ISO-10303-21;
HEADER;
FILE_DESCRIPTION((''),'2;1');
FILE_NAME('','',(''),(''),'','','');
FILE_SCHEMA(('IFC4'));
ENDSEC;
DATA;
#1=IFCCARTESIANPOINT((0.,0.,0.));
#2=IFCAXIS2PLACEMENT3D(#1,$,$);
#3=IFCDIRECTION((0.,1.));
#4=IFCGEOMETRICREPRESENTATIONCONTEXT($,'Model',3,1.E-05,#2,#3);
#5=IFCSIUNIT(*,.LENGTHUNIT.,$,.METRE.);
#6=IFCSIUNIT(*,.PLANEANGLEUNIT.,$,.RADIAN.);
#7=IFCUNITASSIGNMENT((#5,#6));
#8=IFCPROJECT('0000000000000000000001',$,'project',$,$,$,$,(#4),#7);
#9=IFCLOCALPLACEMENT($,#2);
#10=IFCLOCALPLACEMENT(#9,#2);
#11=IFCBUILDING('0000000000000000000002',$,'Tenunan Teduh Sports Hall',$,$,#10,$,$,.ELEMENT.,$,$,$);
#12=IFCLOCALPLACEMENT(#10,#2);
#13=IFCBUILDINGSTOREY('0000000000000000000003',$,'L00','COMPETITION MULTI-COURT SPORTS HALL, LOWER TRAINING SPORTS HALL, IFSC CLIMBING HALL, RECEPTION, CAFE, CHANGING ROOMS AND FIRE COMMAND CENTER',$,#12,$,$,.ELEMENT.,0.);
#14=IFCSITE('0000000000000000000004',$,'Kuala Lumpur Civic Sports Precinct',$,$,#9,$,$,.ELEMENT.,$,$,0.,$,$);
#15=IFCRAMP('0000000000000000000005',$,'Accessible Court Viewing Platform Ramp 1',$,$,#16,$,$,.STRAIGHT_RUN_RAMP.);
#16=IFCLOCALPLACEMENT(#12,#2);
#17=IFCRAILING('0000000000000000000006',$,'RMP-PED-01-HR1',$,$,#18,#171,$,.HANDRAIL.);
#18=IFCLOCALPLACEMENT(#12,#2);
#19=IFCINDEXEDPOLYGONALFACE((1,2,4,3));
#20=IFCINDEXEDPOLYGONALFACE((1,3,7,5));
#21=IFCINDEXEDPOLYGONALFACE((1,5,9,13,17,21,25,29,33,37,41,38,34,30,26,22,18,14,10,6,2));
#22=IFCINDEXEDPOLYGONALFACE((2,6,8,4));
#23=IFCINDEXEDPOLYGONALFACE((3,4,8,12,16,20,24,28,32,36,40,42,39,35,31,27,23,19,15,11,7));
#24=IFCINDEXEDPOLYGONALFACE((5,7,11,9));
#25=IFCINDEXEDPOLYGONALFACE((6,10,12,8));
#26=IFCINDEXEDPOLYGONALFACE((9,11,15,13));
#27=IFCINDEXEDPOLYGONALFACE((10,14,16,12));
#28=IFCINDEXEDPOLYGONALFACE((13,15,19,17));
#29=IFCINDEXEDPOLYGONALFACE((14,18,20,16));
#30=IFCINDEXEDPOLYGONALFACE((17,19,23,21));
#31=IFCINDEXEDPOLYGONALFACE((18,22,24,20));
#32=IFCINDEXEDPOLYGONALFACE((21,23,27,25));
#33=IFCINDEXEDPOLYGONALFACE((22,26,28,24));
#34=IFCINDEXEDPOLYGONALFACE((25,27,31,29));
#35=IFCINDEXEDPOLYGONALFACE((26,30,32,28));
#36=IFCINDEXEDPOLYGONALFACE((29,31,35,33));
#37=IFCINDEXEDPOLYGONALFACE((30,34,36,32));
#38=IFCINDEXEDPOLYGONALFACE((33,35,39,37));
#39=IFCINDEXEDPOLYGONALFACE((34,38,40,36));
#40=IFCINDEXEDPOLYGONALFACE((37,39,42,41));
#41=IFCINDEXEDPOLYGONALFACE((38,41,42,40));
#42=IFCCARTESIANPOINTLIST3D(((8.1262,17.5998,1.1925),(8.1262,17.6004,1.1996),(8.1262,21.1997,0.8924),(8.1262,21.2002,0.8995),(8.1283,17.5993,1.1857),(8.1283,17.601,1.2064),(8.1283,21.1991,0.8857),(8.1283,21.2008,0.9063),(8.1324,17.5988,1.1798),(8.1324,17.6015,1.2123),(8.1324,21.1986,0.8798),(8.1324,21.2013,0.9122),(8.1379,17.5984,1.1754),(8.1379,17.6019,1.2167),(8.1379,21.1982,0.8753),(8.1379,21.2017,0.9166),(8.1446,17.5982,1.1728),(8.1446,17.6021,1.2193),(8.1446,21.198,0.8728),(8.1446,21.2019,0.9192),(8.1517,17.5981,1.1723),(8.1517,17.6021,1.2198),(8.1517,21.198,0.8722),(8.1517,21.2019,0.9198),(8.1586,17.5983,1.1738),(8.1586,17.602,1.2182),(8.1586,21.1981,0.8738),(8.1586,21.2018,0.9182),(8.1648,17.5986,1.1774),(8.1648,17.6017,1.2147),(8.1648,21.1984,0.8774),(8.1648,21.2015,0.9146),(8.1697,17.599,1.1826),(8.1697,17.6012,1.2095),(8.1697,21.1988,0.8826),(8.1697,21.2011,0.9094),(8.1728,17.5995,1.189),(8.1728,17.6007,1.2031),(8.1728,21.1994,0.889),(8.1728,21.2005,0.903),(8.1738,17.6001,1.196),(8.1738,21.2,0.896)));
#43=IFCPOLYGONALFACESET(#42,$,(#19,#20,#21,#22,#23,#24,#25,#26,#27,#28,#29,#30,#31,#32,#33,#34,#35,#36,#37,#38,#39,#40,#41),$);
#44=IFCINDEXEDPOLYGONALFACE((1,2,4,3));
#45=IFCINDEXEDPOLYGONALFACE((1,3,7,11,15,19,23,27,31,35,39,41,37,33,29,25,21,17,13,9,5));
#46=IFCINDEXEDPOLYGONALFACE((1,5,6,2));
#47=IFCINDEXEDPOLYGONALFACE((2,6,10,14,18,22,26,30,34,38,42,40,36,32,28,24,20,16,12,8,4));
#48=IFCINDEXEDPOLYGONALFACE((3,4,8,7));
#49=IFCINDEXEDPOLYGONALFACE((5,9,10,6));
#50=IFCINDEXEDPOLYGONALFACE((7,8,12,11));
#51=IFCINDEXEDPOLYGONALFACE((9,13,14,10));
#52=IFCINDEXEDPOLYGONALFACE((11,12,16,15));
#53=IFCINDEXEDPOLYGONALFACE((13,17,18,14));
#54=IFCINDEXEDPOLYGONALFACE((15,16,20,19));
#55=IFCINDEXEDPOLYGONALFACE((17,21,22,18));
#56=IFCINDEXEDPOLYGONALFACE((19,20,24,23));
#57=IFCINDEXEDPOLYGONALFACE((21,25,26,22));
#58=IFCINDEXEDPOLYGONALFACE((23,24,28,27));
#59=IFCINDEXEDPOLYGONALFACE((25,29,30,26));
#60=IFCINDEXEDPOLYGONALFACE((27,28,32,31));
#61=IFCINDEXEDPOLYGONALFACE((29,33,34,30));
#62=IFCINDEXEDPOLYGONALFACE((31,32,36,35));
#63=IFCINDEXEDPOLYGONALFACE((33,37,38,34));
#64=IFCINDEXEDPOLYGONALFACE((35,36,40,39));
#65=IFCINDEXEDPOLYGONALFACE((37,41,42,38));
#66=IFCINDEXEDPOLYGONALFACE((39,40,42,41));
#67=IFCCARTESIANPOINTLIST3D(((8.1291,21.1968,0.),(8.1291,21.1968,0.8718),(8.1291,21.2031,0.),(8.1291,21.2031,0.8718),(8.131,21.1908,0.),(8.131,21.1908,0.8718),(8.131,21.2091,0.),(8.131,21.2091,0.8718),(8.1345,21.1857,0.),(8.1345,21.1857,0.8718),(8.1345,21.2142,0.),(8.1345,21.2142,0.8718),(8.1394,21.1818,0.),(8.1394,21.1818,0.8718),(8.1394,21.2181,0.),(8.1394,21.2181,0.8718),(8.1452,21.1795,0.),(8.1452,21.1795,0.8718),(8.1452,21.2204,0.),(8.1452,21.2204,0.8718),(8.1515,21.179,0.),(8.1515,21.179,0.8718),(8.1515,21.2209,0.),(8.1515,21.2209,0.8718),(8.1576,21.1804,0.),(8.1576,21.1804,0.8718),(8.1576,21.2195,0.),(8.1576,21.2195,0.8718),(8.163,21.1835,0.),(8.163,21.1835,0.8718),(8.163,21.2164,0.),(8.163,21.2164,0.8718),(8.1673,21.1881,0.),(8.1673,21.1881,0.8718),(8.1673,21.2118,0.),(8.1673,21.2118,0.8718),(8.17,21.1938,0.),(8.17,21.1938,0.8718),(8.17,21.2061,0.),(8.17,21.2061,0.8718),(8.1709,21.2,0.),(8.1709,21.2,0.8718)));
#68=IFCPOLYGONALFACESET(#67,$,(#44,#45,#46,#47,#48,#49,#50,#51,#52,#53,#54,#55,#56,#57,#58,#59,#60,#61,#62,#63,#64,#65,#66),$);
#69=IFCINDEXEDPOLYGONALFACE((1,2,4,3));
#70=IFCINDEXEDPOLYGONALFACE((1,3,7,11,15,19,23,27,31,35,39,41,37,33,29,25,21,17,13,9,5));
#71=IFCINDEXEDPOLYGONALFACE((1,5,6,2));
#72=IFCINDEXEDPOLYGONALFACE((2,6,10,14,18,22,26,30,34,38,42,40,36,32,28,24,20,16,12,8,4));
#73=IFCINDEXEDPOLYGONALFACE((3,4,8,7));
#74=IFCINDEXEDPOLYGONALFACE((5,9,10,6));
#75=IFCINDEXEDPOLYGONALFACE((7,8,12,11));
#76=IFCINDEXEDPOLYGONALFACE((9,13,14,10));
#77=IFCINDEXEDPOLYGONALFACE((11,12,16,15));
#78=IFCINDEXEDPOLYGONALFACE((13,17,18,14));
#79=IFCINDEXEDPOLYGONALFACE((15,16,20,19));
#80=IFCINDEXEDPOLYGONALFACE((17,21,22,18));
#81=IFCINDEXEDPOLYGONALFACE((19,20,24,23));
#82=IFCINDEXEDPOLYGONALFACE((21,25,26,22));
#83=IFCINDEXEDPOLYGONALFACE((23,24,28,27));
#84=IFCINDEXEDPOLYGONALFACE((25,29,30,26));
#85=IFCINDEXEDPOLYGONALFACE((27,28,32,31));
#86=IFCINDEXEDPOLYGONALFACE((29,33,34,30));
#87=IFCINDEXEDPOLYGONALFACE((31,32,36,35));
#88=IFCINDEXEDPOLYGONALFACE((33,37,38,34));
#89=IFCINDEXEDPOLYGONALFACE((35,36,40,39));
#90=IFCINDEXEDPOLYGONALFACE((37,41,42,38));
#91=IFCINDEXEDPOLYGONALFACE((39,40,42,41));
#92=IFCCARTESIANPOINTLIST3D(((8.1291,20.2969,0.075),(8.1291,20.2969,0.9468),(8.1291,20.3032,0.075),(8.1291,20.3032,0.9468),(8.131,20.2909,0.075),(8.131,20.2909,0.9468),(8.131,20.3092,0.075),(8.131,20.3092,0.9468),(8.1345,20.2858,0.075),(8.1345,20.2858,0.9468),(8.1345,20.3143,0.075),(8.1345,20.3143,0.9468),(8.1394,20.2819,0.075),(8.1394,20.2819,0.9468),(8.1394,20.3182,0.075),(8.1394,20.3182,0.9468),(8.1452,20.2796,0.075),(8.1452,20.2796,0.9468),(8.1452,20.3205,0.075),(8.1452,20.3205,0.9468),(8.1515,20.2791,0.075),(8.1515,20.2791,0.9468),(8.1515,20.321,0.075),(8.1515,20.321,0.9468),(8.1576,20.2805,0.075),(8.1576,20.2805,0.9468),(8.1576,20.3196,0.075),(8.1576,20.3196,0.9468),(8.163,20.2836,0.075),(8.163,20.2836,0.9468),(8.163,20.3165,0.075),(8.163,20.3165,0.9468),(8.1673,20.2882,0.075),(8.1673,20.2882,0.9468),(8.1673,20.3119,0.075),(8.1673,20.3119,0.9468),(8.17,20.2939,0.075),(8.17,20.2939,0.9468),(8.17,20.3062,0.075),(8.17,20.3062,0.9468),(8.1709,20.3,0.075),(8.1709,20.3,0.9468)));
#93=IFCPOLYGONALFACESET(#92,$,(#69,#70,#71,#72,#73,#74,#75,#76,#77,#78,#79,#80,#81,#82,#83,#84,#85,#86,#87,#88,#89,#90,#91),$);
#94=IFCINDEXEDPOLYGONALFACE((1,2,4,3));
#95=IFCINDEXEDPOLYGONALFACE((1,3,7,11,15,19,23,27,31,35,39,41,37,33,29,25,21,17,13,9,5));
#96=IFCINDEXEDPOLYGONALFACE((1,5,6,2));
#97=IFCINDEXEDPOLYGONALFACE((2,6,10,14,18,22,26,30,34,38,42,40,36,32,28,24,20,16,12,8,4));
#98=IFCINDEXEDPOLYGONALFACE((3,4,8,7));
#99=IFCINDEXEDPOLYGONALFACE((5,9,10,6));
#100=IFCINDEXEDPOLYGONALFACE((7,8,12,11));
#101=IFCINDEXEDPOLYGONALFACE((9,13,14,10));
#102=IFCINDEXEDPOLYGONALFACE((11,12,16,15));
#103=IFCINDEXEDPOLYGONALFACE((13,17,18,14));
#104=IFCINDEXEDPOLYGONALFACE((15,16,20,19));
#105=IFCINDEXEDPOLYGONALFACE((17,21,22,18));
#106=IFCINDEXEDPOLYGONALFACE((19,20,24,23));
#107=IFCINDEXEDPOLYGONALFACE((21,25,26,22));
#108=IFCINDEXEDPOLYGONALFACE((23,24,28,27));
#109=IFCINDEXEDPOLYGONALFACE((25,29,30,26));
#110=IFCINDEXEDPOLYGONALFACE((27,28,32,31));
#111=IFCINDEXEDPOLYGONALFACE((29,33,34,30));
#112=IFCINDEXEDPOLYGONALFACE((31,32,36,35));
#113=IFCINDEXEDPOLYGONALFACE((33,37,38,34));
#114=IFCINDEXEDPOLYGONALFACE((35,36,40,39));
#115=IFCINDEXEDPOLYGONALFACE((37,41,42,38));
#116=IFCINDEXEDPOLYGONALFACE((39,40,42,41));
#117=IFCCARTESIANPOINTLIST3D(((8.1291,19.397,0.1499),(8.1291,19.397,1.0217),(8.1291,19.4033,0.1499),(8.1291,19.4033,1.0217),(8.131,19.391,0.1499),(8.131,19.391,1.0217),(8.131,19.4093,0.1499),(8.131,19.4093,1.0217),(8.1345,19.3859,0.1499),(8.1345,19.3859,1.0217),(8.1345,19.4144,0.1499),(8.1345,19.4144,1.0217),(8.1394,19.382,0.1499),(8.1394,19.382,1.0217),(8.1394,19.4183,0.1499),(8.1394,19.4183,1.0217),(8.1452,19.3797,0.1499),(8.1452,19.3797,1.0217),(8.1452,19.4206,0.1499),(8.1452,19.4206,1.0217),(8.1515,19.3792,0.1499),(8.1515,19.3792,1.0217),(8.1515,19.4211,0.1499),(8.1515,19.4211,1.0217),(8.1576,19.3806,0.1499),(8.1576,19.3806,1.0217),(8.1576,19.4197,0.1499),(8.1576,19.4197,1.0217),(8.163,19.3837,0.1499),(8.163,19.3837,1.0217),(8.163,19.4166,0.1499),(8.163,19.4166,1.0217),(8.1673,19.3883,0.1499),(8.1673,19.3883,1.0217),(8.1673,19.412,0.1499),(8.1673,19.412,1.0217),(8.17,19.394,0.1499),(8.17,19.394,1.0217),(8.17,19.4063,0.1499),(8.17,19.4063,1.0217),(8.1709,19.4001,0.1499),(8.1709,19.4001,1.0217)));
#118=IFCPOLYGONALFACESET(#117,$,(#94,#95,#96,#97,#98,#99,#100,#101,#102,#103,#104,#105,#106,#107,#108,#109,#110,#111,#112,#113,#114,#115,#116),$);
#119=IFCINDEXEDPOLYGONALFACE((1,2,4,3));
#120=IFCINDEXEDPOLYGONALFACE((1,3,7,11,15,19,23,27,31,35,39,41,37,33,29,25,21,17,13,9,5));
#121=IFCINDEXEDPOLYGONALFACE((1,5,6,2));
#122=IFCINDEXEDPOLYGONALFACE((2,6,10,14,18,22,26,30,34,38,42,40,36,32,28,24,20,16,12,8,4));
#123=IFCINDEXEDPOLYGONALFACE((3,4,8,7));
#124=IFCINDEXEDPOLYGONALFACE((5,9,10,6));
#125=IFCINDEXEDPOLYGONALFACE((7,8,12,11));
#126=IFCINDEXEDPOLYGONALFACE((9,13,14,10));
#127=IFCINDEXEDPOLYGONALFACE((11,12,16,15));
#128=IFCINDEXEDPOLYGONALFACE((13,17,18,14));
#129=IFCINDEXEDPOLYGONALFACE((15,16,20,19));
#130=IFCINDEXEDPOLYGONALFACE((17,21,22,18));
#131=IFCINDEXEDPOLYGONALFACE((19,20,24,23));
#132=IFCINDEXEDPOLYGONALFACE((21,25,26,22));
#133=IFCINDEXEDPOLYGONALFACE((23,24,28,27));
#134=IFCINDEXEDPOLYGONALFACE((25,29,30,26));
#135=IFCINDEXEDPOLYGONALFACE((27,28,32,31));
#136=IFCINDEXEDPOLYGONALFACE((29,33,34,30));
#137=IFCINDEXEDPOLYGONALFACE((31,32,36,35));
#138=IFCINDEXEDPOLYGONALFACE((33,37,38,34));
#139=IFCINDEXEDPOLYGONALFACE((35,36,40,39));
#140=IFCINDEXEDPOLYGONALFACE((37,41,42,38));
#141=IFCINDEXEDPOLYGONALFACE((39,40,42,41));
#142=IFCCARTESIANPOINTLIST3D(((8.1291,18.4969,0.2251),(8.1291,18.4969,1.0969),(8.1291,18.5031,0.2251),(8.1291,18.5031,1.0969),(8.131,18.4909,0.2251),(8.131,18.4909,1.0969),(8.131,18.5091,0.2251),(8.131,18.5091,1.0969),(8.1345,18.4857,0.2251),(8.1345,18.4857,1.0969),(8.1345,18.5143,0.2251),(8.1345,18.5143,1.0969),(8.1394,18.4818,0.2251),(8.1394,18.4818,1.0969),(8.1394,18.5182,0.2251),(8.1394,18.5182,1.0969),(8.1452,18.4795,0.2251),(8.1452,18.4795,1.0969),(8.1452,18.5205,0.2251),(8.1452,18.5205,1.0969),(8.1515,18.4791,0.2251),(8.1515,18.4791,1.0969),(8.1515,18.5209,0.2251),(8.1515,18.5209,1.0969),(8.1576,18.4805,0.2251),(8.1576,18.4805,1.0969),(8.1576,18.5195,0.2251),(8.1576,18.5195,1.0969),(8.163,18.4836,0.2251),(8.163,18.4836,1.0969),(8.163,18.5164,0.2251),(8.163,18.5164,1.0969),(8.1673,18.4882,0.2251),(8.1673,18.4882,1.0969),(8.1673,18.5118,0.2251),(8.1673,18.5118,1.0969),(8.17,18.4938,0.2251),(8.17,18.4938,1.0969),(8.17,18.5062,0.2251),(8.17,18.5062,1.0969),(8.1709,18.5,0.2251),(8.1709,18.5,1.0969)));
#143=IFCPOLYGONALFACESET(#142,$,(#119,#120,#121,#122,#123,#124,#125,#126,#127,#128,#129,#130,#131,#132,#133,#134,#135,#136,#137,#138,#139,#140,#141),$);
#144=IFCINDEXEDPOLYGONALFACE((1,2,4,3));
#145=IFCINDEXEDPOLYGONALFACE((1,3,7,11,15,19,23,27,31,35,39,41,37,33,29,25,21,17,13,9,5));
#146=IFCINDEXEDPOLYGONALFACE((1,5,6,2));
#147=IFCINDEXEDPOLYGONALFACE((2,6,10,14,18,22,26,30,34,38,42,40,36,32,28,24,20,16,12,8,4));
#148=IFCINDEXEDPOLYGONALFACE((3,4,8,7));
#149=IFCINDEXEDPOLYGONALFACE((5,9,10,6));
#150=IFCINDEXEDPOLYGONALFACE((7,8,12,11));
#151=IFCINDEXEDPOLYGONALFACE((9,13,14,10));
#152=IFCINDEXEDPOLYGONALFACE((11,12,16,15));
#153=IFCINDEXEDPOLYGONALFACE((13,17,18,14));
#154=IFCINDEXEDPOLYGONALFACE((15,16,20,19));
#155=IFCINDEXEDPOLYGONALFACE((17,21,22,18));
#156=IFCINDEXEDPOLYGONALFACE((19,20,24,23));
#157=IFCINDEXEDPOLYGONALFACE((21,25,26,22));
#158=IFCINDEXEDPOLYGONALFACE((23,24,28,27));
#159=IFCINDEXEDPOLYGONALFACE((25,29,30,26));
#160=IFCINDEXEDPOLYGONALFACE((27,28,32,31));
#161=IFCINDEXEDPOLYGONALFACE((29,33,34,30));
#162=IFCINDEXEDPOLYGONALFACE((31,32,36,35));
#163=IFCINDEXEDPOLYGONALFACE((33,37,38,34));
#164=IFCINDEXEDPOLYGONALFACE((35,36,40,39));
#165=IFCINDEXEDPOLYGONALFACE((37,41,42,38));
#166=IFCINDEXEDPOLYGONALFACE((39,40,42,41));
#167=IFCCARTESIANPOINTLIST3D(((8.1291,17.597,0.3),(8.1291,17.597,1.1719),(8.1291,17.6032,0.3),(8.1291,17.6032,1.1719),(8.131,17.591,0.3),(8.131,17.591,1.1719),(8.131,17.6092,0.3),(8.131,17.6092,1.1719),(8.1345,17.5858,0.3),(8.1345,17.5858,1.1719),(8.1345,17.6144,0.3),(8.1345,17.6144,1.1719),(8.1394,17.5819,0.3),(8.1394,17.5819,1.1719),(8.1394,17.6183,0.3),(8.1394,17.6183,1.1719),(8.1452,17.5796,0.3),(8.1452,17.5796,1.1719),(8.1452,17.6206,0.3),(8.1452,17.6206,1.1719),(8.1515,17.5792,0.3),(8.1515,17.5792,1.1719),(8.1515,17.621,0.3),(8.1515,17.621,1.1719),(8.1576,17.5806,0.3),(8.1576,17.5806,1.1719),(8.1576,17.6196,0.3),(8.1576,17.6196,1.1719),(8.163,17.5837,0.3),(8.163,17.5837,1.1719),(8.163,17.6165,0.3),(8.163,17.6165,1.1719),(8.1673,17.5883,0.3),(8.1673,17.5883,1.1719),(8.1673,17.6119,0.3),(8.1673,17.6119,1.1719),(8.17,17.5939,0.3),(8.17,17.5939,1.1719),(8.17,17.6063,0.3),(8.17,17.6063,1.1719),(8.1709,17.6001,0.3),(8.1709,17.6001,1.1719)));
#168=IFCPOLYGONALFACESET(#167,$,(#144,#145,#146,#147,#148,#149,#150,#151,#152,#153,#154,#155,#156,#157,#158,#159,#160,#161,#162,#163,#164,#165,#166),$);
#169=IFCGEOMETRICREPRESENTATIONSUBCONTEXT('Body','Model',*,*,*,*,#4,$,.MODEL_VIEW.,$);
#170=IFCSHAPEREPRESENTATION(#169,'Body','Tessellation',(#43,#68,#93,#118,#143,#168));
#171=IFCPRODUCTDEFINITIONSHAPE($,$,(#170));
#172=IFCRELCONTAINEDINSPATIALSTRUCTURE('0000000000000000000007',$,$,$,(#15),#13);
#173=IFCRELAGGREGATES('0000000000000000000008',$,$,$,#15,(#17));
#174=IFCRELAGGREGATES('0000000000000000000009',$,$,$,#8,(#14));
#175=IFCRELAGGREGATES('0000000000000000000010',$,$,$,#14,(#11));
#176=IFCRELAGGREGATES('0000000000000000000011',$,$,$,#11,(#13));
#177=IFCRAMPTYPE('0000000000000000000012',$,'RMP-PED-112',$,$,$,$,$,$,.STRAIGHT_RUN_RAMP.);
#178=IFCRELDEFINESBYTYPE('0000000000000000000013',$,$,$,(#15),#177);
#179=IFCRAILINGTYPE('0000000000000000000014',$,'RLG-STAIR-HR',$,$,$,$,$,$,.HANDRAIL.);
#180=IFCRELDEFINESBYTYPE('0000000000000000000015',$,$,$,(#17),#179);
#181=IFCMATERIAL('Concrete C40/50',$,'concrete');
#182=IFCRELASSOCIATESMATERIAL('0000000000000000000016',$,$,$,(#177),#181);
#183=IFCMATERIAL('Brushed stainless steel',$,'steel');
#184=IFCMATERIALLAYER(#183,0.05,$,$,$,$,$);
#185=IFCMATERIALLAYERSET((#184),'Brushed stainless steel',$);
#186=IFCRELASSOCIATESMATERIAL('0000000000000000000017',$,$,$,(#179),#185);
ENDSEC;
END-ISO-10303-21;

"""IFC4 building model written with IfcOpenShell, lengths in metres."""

from ifc_helpers import new_model, si_unit, direction, frame, origin, origin_2d, place, context, subcontext, project, spatial, circle, extrude, material, layer, layer_set, type_object, element, aggregate, save


model = new_model("IFC4")

# Units and contexts
model_context = context("Model", 3, precision=1e-05, world=origin(), true_north=direction((0.0, 1.0)))
body_context = subcontext(model_context, "Body", "Model", "MODEL_VIEW")
ifc_project = project(units=[si_unit("LENGTHUNIT", "METRE"), si_unit("PLANEANGLEUNIT", "RADIAN")], contexts=[model_context])

# Site, building, storey
site_placement = place(None, origin())
site = spatial("IfcSite", under=ifc_project, at=site_placement, Name="Kuala Lumpur Civic Sports Precinct", CompositionType="ELEMENT", RefElevation=0.0)
building_placement = place(site_placement, origin())
building = spatial("IfcBuilding", under=site, at=building_placement, Name="Tenunan Teduh Sports Hall", CompositionType="ELEMENT")
storey_placement = place(building_placement, origin())
storey = spatial("IfcBuildingStorey", under=building, at=storey_placement, Name="L00", Description="COMPETITION MULTI-COURT SPORTS HALL, LOWER TRAINING SPORTS HALL, IFSC CLIMBING HALL, RECEPTION, CAFE, CHANGING ROOMS AND FIRE COMMAND CENTER", CompositionType="ELEMENT", Elevation=0.0)

# Ramp
ifc_material_1 = material(Name="Concrete C40/50", Category="concrete")
ramp_type = type_object("IfcRampType", Name="RMP-PED-112", PredefinedType="STRAIGHT_RUN_RAMP", material=ifc_material_1)
ramp_placement = place(storey_placement, origin())
ramp = element("IfcRamp", 1, at=ramp_placement, inside=storey, type_object=ramp_type, Name="Accessible Court Viewing Platform Ramp 1", PredefinedType="STRAIGHT_RUN_RAMP")

# Railing
ifc_material_2 = material(Name="Brushed stainless steel", Category="steel")
ifc_layer_1 = layer(ifc_material_2, 0.05)
ifc_layer_set_1 = layer_set([ifc_layer_1], Name="Brushed stainless steel")
railing_type = type_object("IfcRailingType", Name="RLG-STAIR-HR", PredefinedType="HANDRAIL", material=ifc_layer_set_1)
railing_1_placement = place(storey_placement, frame((8.1499, 21.2, 0.0)))
railing_1 = element("IfcRailing", 2, at=railing_1_placement, type_object=railing_type, Name="RMP-PED-01-HR1", PredefinedType="HANDRAIL", context=body_context, shape_type="SweptSolid", body=[
    extrude(circle(Radius=0.0239, at=origin_2d()), frame((0.0, 0.0, 0.896), z_axis=(0.0, -0.996544, 0.083062), x_axis=(1.0, 0.0, 0.0)), (0.0, 0.0, 1.0), 3.6123),
    extrude(circle(Radius=0.021, at=origin_2d()), origin(), (0.0, 0.0, 1.0), 0.8718),
    extrude(circle(Radius=0.021, at=origin_2d()), frame((0.0, -0.8999, 0.075)), (0.0, 0.0, 1.0), 0.8718),
    extrude(circle(Radius=0.021, at=origin_2d()), frame((0.0, -1.7998, 0.1499)), (0.0, 0.0, 1.0), 0.8718),
    extrude(circle(Radius=0.021, at=origin_2d()), frame((0.0, -2.7, 0.2251)), (0.0, 0.0, 1.0), 0.8718),
    extrude(circle(Radius=0.021, at=origin_2d()), frame((0.0, -3.5999, 0.3)), (0.0, 0.0, 1.0), 0.8718),
])
aggregate(ramp, [railing_1])

save(model, "model.ifc")
